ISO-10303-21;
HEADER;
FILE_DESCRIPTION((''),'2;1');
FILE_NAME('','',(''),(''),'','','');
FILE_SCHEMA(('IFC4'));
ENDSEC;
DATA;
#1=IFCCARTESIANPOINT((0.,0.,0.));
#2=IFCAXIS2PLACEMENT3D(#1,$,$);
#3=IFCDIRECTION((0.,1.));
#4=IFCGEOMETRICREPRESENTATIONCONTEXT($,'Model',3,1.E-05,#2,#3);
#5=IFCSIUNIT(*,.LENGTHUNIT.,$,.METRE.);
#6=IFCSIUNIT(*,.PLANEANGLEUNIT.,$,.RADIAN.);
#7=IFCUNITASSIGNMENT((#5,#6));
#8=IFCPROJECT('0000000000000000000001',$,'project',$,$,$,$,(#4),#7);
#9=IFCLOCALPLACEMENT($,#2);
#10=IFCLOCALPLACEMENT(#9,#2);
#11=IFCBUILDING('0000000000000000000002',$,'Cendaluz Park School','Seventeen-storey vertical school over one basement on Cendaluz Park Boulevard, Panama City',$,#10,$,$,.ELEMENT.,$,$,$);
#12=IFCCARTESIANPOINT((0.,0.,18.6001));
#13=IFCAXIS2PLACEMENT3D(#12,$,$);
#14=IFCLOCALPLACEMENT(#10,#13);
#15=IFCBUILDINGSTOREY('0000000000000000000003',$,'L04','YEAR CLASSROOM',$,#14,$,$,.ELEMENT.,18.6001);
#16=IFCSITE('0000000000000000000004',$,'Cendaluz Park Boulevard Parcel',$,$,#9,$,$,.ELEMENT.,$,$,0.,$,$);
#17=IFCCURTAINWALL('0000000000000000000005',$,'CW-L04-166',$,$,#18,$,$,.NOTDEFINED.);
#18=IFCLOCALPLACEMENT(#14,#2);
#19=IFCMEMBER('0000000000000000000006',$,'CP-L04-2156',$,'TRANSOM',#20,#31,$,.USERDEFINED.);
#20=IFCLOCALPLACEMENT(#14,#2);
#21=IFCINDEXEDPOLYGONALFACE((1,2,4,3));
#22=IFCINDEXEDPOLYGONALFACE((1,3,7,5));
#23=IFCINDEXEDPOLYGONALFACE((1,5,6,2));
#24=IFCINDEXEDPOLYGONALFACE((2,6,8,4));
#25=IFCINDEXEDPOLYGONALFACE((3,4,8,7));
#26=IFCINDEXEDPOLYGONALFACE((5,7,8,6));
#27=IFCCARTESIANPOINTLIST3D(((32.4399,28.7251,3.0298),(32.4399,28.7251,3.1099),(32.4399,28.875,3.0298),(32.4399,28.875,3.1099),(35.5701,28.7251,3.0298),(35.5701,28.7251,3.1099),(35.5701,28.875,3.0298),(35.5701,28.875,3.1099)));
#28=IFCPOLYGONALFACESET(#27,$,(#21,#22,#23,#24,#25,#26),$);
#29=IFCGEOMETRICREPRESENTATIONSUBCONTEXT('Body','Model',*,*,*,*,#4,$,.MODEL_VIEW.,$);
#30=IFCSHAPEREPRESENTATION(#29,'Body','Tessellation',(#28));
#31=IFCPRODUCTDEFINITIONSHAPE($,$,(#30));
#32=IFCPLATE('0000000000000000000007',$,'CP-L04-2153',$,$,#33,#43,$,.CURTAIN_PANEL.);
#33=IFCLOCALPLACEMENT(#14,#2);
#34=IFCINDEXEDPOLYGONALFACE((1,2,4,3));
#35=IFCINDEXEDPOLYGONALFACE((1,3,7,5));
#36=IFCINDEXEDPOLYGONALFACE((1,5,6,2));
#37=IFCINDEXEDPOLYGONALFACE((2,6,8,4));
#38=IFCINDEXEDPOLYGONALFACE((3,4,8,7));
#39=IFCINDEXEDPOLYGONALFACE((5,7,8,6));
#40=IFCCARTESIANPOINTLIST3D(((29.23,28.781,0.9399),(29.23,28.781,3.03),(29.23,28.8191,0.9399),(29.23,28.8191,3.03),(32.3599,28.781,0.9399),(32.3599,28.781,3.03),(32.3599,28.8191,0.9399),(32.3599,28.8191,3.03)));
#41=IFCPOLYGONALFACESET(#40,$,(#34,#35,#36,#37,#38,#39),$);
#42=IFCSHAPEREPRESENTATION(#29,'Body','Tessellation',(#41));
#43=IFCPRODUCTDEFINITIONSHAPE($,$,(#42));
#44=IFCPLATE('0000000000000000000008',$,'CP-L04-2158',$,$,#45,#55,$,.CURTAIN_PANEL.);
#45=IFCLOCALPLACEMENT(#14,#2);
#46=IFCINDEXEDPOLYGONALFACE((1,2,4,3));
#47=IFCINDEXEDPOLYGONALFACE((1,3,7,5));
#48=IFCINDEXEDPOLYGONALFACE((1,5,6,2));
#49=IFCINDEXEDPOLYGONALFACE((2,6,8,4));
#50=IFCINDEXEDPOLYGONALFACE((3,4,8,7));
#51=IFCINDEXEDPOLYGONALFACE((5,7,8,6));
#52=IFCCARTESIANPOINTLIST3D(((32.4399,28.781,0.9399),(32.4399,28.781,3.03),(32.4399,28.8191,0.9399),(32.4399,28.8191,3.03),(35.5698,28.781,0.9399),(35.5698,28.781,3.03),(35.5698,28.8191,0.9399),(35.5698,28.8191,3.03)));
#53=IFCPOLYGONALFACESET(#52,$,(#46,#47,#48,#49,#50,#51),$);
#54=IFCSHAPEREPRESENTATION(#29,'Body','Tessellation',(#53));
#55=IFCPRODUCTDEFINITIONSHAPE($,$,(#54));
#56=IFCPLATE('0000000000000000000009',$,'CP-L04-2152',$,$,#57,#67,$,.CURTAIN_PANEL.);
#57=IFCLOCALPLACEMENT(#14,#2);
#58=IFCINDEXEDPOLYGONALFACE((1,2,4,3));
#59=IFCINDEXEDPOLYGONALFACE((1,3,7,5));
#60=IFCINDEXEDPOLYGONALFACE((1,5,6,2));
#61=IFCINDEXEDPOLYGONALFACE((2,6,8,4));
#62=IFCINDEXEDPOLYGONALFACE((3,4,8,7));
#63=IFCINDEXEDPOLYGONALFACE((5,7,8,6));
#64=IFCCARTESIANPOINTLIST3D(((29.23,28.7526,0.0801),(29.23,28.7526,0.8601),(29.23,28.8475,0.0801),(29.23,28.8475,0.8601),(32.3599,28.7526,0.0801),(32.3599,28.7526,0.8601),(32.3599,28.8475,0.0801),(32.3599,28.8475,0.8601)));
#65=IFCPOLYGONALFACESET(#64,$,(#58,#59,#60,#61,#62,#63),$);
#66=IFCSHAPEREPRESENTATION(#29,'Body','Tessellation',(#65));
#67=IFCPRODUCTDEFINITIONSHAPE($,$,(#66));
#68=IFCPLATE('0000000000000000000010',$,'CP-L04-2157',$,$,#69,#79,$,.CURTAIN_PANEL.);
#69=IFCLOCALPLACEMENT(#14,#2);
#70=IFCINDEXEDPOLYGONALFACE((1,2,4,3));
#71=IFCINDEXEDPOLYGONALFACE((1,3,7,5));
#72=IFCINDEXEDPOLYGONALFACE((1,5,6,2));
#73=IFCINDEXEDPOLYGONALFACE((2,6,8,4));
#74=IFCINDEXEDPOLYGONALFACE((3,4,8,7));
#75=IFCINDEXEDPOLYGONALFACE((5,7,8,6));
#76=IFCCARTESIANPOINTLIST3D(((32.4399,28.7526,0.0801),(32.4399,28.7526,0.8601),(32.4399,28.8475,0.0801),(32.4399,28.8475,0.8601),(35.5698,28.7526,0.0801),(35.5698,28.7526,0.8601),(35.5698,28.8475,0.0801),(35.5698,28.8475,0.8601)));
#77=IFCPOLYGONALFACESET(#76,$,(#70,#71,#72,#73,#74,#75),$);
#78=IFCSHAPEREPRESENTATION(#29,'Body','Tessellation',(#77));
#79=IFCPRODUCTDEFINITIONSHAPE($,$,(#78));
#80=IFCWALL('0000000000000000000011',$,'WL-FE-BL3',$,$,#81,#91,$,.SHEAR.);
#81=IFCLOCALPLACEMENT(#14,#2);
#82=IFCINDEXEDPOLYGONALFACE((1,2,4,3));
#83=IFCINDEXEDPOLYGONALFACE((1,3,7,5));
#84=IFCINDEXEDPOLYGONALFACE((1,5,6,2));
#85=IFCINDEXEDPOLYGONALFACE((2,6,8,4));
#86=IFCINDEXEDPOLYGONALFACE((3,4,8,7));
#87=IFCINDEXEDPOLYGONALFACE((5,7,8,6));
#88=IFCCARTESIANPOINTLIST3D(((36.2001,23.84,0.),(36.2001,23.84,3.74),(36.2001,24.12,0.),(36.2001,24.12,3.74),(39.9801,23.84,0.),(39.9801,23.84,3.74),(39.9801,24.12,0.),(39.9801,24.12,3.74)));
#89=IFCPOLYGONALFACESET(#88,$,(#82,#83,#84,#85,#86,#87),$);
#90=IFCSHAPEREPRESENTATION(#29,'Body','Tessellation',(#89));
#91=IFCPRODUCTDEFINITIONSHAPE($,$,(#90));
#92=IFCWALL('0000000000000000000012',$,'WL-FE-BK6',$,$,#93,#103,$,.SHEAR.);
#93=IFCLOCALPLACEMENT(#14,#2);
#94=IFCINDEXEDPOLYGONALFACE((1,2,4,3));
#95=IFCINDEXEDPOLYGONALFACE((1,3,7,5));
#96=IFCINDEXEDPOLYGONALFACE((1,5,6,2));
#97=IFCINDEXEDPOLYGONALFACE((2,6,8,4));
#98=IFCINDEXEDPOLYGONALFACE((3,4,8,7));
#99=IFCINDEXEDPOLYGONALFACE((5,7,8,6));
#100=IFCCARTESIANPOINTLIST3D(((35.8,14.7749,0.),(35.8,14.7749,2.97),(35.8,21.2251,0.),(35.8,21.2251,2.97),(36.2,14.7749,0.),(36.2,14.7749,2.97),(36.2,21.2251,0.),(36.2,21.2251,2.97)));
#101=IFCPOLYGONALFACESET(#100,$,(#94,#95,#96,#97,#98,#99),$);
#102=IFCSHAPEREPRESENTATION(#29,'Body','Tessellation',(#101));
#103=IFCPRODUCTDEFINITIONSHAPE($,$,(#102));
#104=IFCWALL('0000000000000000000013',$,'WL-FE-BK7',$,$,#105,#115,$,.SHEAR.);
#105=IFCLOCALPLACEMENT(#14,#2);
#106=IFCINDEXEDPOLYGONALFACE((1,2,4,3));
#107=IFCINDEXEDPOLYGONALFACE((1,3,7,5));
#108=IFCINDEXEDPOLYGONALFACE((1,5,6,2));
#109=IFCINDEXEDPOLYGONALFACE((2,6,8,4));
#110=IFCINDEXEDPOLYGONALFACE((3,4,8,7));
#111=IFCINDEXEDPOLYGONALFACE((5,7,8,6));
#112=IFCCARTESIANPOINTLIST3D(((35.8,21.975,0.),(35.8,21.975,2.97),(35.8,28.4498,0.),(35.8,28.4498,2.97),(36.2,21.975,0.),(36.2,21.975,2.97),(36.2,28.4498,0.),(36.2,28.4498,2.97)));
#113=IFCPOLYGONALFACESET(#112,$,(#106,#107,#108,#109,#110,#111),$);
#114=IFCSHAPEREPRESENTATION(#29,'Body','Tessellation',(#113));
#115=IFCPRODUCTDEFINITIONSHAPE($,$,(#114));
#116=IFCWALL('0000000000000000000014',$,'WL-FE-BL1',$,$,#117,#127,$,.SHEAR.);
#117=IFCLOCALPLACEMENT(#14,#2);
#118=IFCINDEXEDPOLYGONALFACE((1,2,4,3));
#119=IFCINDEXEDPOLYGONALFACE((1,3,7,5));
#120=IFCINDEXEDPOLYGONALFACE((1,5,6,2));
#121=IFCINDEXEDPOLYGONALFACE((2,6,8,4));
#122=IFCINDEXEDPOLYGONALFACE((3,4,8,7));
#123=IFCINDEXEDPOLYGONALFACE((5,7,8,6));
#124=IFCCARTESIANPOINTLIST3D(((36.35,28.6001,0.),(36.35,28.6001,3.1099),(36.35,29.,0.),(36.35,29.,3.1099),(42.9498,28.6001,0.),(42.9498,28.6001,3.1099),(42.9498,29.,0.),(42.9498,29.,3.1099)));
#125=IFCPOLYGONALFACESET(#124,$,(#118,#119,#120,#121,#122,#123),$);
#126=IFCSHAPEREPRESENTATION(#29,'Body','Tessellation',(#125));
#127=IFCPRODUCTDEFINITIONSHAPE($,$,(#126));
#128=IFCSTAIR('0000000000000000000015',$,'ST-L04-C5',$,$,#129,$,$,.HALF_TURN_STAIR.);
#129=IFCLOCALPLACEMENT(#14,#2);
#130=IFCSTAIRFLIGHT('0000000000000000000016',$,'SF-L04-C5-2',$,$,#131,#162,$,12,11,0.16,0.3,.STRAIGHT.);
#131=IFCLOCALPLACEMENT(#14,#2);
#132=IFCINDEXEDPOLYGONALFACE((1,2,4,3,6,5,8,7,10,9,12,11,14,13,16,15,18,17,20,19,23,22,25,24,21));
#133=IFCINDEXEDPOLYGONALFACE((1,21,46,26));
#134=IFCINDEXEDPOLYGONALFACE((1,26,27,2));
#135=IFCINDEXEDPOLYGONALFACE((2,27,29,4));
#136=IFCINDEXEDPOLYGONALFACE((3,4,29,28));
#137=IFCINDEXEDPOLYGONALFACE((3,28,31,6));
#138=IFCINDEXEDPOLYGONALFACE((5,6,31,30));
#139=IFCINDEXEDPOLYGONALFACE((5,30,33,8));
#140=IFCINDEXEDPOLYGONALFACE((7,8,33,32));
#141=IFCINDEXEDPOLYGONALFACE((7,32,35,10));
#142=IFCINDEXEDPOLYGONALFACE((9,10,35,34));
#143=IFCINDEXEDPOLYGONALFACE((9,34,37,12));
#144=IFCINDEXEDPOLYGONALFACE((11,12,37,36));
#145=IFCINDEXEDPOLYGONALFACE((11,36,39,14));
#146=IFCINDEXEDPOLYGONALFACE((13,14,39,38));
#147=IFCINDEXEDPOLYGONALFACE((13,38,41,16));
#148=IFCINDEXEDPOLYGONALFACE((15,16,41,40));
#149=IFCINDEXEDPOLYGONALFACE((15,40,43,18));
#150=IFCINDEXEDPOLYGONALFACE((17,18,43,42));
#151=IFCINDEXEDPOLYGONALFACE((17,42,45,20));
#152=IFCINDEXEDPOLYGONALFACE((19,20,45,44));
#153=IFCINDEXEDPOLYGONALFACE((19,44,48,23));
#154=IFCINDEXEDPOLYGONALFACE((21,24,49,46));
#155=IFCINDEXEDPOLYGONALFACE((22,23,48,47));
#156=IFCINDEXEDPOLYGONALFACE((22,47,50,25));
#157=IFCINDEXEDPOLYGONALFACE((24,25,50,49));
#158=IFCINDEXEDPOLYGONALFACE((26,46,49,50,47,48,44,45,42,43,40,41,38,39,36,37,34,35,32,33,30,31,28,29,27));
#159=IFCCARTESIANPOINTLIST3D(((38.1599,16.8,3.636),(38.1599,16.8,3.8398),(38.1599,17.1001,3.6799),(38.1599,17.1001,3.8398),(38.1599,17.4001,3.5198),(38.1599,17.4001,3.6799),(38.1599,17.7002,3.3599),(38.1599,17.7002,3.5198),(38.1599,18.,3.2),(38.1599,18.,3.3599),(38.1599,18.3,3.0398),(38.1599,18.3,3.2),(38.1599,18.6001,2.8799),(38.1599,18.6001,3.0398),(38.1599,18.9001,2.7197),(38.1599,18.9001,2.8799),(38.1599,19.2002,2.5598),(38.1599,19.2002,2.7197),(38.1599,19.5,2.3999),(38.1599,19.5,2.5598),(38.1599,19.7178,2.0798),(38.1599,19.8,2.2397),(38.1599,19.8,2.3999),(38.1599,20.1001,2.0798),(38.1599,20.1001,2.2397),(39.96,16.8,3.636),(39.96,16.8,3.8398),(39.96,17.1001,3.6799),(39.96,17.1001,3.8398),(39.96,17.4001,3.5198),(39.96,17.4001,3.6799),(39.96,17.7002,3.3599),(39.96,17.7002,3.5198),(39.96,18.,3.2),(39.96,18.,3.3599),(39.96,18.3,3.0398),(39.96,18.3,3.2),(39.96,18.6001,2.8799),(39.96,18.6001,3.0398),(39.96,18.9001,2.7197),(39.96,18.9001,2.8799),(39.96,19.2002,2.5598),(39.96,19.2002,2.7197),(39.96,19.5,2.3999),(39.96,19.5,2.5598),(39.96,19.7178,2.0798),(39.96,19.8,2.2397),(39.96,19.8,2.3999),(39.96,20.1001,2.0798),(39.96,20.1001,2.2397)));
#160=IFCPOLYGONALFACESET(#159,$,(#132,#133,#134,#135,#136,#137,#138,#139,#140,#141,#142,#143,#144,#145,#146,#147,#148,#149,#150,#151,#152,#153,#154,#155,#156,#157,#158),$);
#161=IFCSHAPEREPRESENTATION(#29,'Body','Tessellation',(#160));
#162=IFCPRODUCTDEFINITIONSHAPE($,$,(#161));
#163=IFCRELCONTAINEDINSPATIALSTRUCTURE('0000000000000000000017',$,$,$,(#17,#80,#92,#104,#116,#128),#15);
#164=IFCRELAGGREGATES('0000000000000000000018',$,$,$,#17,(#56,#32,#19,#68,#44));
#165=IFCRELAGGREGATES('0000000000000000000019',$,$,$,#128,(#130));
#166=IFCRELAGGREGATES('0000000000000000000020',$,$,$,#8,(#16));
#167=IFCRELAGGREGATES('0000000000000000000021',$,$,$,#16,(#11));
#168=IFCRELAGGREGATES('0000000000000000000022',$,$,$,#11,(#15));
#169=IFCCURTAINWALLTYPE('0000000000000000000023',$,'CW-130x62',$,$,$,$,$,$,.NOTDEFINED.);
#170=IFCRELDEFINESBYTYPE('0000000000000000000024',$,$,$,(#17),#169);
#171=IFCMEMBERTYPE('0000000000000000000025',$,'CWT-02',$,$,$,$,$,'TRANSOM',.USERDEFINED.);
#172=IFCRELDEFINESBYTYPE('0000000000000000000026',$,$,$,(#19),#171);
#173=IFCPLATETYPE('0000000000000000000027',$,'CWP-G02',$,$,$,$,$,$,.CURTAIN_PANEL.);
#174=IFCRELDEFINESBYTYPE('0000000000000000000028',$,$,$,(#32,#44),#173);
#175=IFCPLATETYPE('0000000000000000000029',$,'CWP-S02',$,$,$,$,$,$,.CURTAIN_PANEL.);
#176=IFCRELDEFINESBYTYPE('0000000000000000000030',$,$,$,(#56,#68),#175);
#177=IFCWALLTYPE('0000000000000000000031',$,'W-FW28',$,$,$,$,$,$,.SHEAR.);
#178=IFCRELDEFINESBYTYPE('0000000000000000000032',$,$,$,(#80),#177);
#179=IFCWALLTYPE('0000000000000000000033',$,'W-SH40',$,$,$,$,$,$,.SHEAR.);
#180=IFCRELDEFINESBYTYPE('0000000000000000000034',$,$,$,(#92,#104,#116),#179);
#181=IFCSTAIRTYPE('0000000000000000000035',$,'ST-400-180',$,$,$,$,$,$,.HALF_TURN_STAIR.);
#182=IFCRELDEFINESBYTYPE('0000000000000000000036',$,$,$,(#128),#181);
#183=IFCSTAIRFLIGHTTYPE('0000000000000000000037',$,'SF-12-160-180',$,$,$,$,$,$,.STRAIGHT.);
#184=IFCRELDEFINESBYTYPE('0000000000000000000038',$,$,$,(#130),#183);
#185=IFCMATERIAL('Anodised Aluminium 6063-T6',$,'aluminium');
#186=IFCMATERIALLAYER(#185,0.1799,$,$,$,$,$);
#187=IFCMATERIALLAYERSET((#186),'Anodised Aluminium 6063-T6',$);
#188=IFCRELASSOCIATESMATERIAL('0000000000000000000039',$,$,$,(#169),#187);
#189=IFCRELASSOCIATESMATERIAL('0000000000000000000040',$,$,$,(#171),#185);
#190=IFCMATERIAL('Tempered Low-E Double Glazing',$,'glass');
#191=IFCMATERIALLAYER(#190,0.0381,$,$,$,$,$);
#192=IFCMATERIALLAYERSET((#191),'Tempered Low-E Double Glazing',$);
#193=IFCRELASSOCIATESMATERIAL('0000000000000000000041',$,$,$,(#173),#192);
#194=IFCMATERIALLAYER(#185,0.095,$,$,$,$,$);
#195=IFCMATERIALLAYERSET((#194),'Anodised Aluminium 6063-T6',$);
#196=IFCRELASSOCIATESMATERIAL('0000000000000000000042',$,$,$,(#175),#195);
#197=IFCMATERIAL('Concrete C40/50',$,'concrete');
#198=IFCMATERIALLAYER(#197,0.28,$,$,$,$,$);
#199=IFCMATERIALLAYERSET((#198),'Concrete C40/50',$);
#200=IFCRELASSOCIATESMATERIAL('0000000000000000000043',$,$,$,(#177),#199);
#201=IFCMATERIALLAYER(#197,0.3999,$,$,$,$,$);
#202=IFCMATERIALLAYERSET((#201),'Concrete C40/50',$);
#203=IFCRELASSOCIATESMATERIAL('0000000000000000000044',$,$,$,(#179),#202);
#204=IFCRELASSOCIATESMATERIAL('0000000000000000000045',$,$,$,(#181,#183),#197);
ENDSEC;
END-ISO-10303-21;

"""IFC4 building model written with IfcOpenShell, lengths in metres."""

from ifc_helpers import new_model, si_unit, direction, frame, frame_2d, origin, origin_2d, place, context, subcontext, project, spatial, polyline, rectangle, outline, extrude, material, layer, layer_set, material_profile, profile_set, type_object, element, aggregate, save


model = new_model("IFC4")

# Units and contexts
model_context = context("Model", 3, precision=1e-05, world=origin(), true_north=direction((0.0, 1.0)))
body_context = subcontext(model_context, "Body", "Model", "MODEL_VIEW")
ifc_project = project(units=[si_unit("LENGTHUNIT", "METRE"), si_unit("PLANEANGLEUNIT", "RADIAN")], contexts=[model_context])

# Site, building, storey
site_placement = place(None, origin())
site = spatial("IfcSite", under=ifc_project, at=site_placement, Name="Cendaluz Park Boulevard Parcel", CompositionType="ELEMENT", RefElevation=0.0)
building_placement = place(site_placement, origin())
building = spatial("IfcBuilding", under=site, at=building_placement, Name="Cendaluz Park School", Description="Seventeen-storey vertical school over one basement on Cendaluz Park Boulevard, Panama City", CompositionType="ELEMENT")
storey_placement = place(building_placement, frame((0.0, 0.0, 18.6001)))
storey = spatial("IfcBuildingStorey", under=building, at=storey_placement, Name="L04", Description="YEAR CLASSROOM", CompositionType="ELEMENT", Elevation=18.6001)

# Shared definitions
ifc_material_1 = material(Name="Concrete C40/50", Category="concrete")

# Curtain wall, member, plates
ifc_material_2 = material(Name="Anodised Aluminium 6063-T6", Category="aluminium")
ifc_layer_1 = layer(ifc_material_2, 0.1799)
ifc_layer_set_1 = layer_set([ifc_layer_1], Name="Anodised Aluminium 6063-T6")
curtain_wall_type = type_object("IfcCurtainWallType", Name="CW-130x62", PredefinedType="NOTDEFINED", material=ifc_layer_set_1)
curtain_wall_placement = place(storey_placement, origin())
curtain_wall = element("IfcCurtainWall", 1, at=curtain_wall_placement, inside=storey, type_object=curtain_wall_type, Name="CW-L04-166", PredefinedType="NOTDEFINED")
ifc_material_profile_1 = material_profile(ifc_material_2, rectangle(XDim=0.1499, YDim=0.0801, at=origin_2d()), Name="CWT 150x80", Category="aluminium")
ifc_profile_set_1 = profile_set([ifc_material_profile_1], Name="Anodised Aluminium 6063-T6")
member_type_1 = type_object("IfcMemberType", Name="CWT-02", ElementType="TRANSOM", PredefinedType="USERDEFINED", material=ifc_profile_set_1)
member_1_placement = place(storey_placement, frame((32.4399, 28.8, 3.0698), z_axis=(1.0, 0.0, 0.0), x_axis=(0.0, 1.0, 0.0)))
member_1 = element("IfcMember", 2, at=member_1_placement, type_object=member_type_1, Name="CP-L04-2156", ObjectType="TRANSOM", PredefinedType="USERDEFINED", context=body_context, shape_type="SweptSolid", body=[
    extrude(rectangle(XDim=0.1499, YDim=0.0801, at=origin_2d()), origin(), (0.0, 0.0, 1.0), 3.1301),
])
ifc_material_3 = material(Name="Tempered Low-E Double Glazing", Category="glass")
ifc_layer_2 = layer(ifc_material_3, 0.0381)
ifc_layer_set_2 = layer_set([ifc_layer_2], Name="Tempered Low-E Double Glazing")
plate_type_1 = type_object("IfcPlateType", Name="CWP-G02", PredefinedType="CURTAIN_PANEL", material=ifc_layer_set_2)
plate_1_placement = place(storey_placement, frame((30.7949, 28.8, 0.9399), z_axis=(0.0, 0.0, 1.0), x_axis=(1.0, 0.0, 0.0)))
plate_1 = element("IfcPlate", 3, at=plate_1_placement, type_object=plate_type_1, Name="CP-L04-2153", PredefinedType="CURTAIN_PANEL", context=body_context, shape_type="SweptSolid", body=[
    extrude(rectangle(XDim=3.1299, YDim=0.0381, at=origin_2d()), origin(), (0.0, 0.0, 1.0), 2.0901),
])
plate_2_placement = place(storey_placement, frame((34.0049, 28.8, 0.9399), z_axis=(0.0, 0.0, 1.0), x_axis=(1.0, 0.0, 0.0)))
plate_2 = element("IfcPlate", 4, at=plate_2_placement, type_object=plate_type_1, Name="CP-L04-2158", PredefinedType="CURTAIN_PANEL", context=body_context, shape_type="SweptSolid", body=[
    extrude(rectangle(XDim=3.1299, YDim=0.0381, at=origin_2d()), origin(), (0.0, 0.0, 1.0), 2.0901),
])
ifc_layer_3 = layer(ifc_material_2, 0.095)
ifc_layer_set_3 = layer_set([ifc_layer_3], Name="Anodised Aluminium 6063-T6")
plate_type_2 = type_object("IfcPlateType", Name="CWP-S02", PredefinedType="CURTAIN_PANEL", material=ifc_layer_set_3)
plate_3_placement = place(storey_placement, frame((30.7949, 28.8, 0.0801), z_axis=(0.0, 0.0, 1.0), x_axis=(1.0, 0.0, 0.0)))
plate_3 = element("IfcPlate", 5, at=plate_3_placement, type_object=plate_type_2, Name="CP-L04-2152", PredefinedType="CURTAIN_PANEL", context=body_context, shape_type="SweptSolid", body=[
    extrude(rectangle(XDim=3.1299, YDim=0.095, at=origin_2d()), origin(), (0.0, 0.0, 1.0), 0.78),
])
plate_4_placement = place(storey_placement, frame((34.0049, 28.8, 0.0801), z_axis=(0.0, 0.0, 1.0), x_axis=(1.0, 0.0, 0.0)))
plate_4 = element("IfcPlate", 6, at=plate_4_placement, type_object=plate_type_2, Name="CP-L04-2157", PredefinedType="CURTAIN_PANEL", context=body_context, shape_type="SweptSolid", body=[
    extrude(rectangle(XDim=3.1299, YDim=0.095, at=origin_2d()), origin(), (0.0, 0.0, 1.0), 0.78),
])
aggregate(curtain_wall, [plate_3, plate_1, member_1, plate_4, plate_2])

# Walls
ifc_layer_4 = layer(ifc_material_1, 0.28)
ifc_layer_set_4 = layer_set([ifc_layer_4], Name="Concrete C40/50")
wall_type_1 = type_object("IfcWallType", Name="W-FW28", PredefinedType="SHEAR", material=ifc_layer_set_4)
wall_1_placement = place(storey_placement, frame((36.2, 23.98, 0.0), z_axis=(0.0, 0.0, 1.0), x_axis=(1.0, 0.0, 0.0)))
element("IfcWall", 7, at=wall_1_placement, inside=storey, type_object=wall_type_1, Name="WL-FE-BL3", PredefinedType="SHEAR", context=body_context, shape_type="SweptSolid", body=[
    extrude(rectangle(XDim=3.78, YDim=0.28, at=frame_2d((1.8901, 0.0))), origin(), (0.0, 0.0, 1.0), 3.74),
])
ifc_layer_5 = layer(ifc_material_1, 0.3999)
ifc_layer_set_5 = layer_set([ifc_layer_5], Name="Concrete C40/50")
wall_type_2 = type_object("IfcWallType", Name="W-SH40", PredefinedType="SHEAR", material=ifc_layer_set_5)
wall_2_placement = place(storey_placement, frame((36.0, 14.7749, 0.0), z_axis=(0.0, 0.0, 1.0), x_axis=(0.0, 1.0, 0.0)))
element("IfcWall", 8, at=wall_2_placement, inside=storey, type_object=wall_type_2, Name="WL-FE-BK6", PredefinedType="SHEAR", context=body_context, shape_type="SweptSolid", body=[
    extrude(rectangle(XDim=6.4502, YDim=0.3999, at=frame_2d((3.2251, 0.0))), origin(), (0.0, 0.0, 1.0), 2.97),
])
wall_3_placement = place(storey_placement, frame((36.0, 21.9751, 0.0), z_axis=(0.0, 0.0, 1.0), x_axis=(0.0, 1.0, 0.0)))
element("IfcWall", 9, at=wall_3_placement, inside=storey, type_object=wall_type_2, Name="WL-FE-BK7", PredefinedType="SHEAR", context=body_context, shape_type="SweptSolid", body=[
    extrude(rectangle(XDim=6.4749, YDim=0.3999, at=frame_2d((3.2373, 0.0))), origin(), (0.0, 0.0, 1.0), 2.97),
])
wall_4_placement = place(storey_placement, frame((36.3501, 28.8, 0.0), z_axis=(0.0, 0.0, 1.0), x_axis=(1.0, 0.0, 0.0)))
element("IfcWall", 10, at=wall_4_placement, inside=storey, type_object=wall_type_2, Name="WL-FE-BL1", PredefinedType="SHEAR", context=body_context, shape_type="SweptSolid", body=[
    extrude(rectangle(XDim=6.5999, YDim=0.3999, at=frame_2d((3.2998, 0.0))), origin(), (0.0, 0.0, 1.0), 3.1099),
])

# Stair, stair flight
stair_type = type_object("IfcStairType", Name="ST-400-180", PredefinedType="HALF_TURN_STAIR", material=ifc_material_1)
stair_placement = place(storey_placement, origin())
stair = element("IfcStair", 11, at=stair_placement, inside=storey, type_object=stair_type, Name="ST-L04-C5", PredefinedType="HALF_TURN_STAIR")
stair_flight_type_1 = type_object("IfcStairFlightType", Name="SF-12-160-180", PredefinedType="STRAIGHT", material=ifc_material_1)
stair_flight_1_placement = place(storey_placement, frame((39.0601, 20.1001, 2.0798), z_axis=(0.0, 0.0, 1.0), x_axis=(0.0, -1.0, 0.0)))
stair_flight_1 = element("IfcStairFlight", 12, at=stair_flight_1_placement, type_object=stair_flight_type_1, Name="SF-L04-C5-2", NumberOfRisers=12, NumberOfTreads=11, PredefinedType="STRAIGHT", RiserHeight=0.16, TreadLength=0.3, context=body_context, shape_type="SweptSolid", body=[
    extrude(outline(polyline([(0.0, 0.0), (0.0, 0.1599), (0.3, 0.1599), (0.3, 0.3201), (0.6001, 0.3201), (0.6001, 0.48), (0.8999, 0.48), (0.8999, 0.6399), (1.2, 0.6399), (1.2, 0.8), (1.5, 0.8), (1.5, 0.96), (1.8, 0.96), (1.8, 1.1201), (2.1001, 1.1201), (2.1001, 1.28), (2.3999, 1.28), (2.3999, 1.4399), (2.7, 1.4399), (2.7, 1.6001), (3.0, 1.6001), (3.0, 1.76), (3.3, 1.76), (3.3, 1.9199), (3.3, 1.5562), (0.3823, 0.0), (0.0, 0.0)])), frame((0.0, 0.8999, 0.0), z_axis=(0.0, -1.0, 0.0), x_axis=(1.0, 0.0, 0.0)), (0.0, 0.0, 1.0), 1.8),
])
aggregate(stair, [stair_flight_1])

save(model, "model.ifc")
